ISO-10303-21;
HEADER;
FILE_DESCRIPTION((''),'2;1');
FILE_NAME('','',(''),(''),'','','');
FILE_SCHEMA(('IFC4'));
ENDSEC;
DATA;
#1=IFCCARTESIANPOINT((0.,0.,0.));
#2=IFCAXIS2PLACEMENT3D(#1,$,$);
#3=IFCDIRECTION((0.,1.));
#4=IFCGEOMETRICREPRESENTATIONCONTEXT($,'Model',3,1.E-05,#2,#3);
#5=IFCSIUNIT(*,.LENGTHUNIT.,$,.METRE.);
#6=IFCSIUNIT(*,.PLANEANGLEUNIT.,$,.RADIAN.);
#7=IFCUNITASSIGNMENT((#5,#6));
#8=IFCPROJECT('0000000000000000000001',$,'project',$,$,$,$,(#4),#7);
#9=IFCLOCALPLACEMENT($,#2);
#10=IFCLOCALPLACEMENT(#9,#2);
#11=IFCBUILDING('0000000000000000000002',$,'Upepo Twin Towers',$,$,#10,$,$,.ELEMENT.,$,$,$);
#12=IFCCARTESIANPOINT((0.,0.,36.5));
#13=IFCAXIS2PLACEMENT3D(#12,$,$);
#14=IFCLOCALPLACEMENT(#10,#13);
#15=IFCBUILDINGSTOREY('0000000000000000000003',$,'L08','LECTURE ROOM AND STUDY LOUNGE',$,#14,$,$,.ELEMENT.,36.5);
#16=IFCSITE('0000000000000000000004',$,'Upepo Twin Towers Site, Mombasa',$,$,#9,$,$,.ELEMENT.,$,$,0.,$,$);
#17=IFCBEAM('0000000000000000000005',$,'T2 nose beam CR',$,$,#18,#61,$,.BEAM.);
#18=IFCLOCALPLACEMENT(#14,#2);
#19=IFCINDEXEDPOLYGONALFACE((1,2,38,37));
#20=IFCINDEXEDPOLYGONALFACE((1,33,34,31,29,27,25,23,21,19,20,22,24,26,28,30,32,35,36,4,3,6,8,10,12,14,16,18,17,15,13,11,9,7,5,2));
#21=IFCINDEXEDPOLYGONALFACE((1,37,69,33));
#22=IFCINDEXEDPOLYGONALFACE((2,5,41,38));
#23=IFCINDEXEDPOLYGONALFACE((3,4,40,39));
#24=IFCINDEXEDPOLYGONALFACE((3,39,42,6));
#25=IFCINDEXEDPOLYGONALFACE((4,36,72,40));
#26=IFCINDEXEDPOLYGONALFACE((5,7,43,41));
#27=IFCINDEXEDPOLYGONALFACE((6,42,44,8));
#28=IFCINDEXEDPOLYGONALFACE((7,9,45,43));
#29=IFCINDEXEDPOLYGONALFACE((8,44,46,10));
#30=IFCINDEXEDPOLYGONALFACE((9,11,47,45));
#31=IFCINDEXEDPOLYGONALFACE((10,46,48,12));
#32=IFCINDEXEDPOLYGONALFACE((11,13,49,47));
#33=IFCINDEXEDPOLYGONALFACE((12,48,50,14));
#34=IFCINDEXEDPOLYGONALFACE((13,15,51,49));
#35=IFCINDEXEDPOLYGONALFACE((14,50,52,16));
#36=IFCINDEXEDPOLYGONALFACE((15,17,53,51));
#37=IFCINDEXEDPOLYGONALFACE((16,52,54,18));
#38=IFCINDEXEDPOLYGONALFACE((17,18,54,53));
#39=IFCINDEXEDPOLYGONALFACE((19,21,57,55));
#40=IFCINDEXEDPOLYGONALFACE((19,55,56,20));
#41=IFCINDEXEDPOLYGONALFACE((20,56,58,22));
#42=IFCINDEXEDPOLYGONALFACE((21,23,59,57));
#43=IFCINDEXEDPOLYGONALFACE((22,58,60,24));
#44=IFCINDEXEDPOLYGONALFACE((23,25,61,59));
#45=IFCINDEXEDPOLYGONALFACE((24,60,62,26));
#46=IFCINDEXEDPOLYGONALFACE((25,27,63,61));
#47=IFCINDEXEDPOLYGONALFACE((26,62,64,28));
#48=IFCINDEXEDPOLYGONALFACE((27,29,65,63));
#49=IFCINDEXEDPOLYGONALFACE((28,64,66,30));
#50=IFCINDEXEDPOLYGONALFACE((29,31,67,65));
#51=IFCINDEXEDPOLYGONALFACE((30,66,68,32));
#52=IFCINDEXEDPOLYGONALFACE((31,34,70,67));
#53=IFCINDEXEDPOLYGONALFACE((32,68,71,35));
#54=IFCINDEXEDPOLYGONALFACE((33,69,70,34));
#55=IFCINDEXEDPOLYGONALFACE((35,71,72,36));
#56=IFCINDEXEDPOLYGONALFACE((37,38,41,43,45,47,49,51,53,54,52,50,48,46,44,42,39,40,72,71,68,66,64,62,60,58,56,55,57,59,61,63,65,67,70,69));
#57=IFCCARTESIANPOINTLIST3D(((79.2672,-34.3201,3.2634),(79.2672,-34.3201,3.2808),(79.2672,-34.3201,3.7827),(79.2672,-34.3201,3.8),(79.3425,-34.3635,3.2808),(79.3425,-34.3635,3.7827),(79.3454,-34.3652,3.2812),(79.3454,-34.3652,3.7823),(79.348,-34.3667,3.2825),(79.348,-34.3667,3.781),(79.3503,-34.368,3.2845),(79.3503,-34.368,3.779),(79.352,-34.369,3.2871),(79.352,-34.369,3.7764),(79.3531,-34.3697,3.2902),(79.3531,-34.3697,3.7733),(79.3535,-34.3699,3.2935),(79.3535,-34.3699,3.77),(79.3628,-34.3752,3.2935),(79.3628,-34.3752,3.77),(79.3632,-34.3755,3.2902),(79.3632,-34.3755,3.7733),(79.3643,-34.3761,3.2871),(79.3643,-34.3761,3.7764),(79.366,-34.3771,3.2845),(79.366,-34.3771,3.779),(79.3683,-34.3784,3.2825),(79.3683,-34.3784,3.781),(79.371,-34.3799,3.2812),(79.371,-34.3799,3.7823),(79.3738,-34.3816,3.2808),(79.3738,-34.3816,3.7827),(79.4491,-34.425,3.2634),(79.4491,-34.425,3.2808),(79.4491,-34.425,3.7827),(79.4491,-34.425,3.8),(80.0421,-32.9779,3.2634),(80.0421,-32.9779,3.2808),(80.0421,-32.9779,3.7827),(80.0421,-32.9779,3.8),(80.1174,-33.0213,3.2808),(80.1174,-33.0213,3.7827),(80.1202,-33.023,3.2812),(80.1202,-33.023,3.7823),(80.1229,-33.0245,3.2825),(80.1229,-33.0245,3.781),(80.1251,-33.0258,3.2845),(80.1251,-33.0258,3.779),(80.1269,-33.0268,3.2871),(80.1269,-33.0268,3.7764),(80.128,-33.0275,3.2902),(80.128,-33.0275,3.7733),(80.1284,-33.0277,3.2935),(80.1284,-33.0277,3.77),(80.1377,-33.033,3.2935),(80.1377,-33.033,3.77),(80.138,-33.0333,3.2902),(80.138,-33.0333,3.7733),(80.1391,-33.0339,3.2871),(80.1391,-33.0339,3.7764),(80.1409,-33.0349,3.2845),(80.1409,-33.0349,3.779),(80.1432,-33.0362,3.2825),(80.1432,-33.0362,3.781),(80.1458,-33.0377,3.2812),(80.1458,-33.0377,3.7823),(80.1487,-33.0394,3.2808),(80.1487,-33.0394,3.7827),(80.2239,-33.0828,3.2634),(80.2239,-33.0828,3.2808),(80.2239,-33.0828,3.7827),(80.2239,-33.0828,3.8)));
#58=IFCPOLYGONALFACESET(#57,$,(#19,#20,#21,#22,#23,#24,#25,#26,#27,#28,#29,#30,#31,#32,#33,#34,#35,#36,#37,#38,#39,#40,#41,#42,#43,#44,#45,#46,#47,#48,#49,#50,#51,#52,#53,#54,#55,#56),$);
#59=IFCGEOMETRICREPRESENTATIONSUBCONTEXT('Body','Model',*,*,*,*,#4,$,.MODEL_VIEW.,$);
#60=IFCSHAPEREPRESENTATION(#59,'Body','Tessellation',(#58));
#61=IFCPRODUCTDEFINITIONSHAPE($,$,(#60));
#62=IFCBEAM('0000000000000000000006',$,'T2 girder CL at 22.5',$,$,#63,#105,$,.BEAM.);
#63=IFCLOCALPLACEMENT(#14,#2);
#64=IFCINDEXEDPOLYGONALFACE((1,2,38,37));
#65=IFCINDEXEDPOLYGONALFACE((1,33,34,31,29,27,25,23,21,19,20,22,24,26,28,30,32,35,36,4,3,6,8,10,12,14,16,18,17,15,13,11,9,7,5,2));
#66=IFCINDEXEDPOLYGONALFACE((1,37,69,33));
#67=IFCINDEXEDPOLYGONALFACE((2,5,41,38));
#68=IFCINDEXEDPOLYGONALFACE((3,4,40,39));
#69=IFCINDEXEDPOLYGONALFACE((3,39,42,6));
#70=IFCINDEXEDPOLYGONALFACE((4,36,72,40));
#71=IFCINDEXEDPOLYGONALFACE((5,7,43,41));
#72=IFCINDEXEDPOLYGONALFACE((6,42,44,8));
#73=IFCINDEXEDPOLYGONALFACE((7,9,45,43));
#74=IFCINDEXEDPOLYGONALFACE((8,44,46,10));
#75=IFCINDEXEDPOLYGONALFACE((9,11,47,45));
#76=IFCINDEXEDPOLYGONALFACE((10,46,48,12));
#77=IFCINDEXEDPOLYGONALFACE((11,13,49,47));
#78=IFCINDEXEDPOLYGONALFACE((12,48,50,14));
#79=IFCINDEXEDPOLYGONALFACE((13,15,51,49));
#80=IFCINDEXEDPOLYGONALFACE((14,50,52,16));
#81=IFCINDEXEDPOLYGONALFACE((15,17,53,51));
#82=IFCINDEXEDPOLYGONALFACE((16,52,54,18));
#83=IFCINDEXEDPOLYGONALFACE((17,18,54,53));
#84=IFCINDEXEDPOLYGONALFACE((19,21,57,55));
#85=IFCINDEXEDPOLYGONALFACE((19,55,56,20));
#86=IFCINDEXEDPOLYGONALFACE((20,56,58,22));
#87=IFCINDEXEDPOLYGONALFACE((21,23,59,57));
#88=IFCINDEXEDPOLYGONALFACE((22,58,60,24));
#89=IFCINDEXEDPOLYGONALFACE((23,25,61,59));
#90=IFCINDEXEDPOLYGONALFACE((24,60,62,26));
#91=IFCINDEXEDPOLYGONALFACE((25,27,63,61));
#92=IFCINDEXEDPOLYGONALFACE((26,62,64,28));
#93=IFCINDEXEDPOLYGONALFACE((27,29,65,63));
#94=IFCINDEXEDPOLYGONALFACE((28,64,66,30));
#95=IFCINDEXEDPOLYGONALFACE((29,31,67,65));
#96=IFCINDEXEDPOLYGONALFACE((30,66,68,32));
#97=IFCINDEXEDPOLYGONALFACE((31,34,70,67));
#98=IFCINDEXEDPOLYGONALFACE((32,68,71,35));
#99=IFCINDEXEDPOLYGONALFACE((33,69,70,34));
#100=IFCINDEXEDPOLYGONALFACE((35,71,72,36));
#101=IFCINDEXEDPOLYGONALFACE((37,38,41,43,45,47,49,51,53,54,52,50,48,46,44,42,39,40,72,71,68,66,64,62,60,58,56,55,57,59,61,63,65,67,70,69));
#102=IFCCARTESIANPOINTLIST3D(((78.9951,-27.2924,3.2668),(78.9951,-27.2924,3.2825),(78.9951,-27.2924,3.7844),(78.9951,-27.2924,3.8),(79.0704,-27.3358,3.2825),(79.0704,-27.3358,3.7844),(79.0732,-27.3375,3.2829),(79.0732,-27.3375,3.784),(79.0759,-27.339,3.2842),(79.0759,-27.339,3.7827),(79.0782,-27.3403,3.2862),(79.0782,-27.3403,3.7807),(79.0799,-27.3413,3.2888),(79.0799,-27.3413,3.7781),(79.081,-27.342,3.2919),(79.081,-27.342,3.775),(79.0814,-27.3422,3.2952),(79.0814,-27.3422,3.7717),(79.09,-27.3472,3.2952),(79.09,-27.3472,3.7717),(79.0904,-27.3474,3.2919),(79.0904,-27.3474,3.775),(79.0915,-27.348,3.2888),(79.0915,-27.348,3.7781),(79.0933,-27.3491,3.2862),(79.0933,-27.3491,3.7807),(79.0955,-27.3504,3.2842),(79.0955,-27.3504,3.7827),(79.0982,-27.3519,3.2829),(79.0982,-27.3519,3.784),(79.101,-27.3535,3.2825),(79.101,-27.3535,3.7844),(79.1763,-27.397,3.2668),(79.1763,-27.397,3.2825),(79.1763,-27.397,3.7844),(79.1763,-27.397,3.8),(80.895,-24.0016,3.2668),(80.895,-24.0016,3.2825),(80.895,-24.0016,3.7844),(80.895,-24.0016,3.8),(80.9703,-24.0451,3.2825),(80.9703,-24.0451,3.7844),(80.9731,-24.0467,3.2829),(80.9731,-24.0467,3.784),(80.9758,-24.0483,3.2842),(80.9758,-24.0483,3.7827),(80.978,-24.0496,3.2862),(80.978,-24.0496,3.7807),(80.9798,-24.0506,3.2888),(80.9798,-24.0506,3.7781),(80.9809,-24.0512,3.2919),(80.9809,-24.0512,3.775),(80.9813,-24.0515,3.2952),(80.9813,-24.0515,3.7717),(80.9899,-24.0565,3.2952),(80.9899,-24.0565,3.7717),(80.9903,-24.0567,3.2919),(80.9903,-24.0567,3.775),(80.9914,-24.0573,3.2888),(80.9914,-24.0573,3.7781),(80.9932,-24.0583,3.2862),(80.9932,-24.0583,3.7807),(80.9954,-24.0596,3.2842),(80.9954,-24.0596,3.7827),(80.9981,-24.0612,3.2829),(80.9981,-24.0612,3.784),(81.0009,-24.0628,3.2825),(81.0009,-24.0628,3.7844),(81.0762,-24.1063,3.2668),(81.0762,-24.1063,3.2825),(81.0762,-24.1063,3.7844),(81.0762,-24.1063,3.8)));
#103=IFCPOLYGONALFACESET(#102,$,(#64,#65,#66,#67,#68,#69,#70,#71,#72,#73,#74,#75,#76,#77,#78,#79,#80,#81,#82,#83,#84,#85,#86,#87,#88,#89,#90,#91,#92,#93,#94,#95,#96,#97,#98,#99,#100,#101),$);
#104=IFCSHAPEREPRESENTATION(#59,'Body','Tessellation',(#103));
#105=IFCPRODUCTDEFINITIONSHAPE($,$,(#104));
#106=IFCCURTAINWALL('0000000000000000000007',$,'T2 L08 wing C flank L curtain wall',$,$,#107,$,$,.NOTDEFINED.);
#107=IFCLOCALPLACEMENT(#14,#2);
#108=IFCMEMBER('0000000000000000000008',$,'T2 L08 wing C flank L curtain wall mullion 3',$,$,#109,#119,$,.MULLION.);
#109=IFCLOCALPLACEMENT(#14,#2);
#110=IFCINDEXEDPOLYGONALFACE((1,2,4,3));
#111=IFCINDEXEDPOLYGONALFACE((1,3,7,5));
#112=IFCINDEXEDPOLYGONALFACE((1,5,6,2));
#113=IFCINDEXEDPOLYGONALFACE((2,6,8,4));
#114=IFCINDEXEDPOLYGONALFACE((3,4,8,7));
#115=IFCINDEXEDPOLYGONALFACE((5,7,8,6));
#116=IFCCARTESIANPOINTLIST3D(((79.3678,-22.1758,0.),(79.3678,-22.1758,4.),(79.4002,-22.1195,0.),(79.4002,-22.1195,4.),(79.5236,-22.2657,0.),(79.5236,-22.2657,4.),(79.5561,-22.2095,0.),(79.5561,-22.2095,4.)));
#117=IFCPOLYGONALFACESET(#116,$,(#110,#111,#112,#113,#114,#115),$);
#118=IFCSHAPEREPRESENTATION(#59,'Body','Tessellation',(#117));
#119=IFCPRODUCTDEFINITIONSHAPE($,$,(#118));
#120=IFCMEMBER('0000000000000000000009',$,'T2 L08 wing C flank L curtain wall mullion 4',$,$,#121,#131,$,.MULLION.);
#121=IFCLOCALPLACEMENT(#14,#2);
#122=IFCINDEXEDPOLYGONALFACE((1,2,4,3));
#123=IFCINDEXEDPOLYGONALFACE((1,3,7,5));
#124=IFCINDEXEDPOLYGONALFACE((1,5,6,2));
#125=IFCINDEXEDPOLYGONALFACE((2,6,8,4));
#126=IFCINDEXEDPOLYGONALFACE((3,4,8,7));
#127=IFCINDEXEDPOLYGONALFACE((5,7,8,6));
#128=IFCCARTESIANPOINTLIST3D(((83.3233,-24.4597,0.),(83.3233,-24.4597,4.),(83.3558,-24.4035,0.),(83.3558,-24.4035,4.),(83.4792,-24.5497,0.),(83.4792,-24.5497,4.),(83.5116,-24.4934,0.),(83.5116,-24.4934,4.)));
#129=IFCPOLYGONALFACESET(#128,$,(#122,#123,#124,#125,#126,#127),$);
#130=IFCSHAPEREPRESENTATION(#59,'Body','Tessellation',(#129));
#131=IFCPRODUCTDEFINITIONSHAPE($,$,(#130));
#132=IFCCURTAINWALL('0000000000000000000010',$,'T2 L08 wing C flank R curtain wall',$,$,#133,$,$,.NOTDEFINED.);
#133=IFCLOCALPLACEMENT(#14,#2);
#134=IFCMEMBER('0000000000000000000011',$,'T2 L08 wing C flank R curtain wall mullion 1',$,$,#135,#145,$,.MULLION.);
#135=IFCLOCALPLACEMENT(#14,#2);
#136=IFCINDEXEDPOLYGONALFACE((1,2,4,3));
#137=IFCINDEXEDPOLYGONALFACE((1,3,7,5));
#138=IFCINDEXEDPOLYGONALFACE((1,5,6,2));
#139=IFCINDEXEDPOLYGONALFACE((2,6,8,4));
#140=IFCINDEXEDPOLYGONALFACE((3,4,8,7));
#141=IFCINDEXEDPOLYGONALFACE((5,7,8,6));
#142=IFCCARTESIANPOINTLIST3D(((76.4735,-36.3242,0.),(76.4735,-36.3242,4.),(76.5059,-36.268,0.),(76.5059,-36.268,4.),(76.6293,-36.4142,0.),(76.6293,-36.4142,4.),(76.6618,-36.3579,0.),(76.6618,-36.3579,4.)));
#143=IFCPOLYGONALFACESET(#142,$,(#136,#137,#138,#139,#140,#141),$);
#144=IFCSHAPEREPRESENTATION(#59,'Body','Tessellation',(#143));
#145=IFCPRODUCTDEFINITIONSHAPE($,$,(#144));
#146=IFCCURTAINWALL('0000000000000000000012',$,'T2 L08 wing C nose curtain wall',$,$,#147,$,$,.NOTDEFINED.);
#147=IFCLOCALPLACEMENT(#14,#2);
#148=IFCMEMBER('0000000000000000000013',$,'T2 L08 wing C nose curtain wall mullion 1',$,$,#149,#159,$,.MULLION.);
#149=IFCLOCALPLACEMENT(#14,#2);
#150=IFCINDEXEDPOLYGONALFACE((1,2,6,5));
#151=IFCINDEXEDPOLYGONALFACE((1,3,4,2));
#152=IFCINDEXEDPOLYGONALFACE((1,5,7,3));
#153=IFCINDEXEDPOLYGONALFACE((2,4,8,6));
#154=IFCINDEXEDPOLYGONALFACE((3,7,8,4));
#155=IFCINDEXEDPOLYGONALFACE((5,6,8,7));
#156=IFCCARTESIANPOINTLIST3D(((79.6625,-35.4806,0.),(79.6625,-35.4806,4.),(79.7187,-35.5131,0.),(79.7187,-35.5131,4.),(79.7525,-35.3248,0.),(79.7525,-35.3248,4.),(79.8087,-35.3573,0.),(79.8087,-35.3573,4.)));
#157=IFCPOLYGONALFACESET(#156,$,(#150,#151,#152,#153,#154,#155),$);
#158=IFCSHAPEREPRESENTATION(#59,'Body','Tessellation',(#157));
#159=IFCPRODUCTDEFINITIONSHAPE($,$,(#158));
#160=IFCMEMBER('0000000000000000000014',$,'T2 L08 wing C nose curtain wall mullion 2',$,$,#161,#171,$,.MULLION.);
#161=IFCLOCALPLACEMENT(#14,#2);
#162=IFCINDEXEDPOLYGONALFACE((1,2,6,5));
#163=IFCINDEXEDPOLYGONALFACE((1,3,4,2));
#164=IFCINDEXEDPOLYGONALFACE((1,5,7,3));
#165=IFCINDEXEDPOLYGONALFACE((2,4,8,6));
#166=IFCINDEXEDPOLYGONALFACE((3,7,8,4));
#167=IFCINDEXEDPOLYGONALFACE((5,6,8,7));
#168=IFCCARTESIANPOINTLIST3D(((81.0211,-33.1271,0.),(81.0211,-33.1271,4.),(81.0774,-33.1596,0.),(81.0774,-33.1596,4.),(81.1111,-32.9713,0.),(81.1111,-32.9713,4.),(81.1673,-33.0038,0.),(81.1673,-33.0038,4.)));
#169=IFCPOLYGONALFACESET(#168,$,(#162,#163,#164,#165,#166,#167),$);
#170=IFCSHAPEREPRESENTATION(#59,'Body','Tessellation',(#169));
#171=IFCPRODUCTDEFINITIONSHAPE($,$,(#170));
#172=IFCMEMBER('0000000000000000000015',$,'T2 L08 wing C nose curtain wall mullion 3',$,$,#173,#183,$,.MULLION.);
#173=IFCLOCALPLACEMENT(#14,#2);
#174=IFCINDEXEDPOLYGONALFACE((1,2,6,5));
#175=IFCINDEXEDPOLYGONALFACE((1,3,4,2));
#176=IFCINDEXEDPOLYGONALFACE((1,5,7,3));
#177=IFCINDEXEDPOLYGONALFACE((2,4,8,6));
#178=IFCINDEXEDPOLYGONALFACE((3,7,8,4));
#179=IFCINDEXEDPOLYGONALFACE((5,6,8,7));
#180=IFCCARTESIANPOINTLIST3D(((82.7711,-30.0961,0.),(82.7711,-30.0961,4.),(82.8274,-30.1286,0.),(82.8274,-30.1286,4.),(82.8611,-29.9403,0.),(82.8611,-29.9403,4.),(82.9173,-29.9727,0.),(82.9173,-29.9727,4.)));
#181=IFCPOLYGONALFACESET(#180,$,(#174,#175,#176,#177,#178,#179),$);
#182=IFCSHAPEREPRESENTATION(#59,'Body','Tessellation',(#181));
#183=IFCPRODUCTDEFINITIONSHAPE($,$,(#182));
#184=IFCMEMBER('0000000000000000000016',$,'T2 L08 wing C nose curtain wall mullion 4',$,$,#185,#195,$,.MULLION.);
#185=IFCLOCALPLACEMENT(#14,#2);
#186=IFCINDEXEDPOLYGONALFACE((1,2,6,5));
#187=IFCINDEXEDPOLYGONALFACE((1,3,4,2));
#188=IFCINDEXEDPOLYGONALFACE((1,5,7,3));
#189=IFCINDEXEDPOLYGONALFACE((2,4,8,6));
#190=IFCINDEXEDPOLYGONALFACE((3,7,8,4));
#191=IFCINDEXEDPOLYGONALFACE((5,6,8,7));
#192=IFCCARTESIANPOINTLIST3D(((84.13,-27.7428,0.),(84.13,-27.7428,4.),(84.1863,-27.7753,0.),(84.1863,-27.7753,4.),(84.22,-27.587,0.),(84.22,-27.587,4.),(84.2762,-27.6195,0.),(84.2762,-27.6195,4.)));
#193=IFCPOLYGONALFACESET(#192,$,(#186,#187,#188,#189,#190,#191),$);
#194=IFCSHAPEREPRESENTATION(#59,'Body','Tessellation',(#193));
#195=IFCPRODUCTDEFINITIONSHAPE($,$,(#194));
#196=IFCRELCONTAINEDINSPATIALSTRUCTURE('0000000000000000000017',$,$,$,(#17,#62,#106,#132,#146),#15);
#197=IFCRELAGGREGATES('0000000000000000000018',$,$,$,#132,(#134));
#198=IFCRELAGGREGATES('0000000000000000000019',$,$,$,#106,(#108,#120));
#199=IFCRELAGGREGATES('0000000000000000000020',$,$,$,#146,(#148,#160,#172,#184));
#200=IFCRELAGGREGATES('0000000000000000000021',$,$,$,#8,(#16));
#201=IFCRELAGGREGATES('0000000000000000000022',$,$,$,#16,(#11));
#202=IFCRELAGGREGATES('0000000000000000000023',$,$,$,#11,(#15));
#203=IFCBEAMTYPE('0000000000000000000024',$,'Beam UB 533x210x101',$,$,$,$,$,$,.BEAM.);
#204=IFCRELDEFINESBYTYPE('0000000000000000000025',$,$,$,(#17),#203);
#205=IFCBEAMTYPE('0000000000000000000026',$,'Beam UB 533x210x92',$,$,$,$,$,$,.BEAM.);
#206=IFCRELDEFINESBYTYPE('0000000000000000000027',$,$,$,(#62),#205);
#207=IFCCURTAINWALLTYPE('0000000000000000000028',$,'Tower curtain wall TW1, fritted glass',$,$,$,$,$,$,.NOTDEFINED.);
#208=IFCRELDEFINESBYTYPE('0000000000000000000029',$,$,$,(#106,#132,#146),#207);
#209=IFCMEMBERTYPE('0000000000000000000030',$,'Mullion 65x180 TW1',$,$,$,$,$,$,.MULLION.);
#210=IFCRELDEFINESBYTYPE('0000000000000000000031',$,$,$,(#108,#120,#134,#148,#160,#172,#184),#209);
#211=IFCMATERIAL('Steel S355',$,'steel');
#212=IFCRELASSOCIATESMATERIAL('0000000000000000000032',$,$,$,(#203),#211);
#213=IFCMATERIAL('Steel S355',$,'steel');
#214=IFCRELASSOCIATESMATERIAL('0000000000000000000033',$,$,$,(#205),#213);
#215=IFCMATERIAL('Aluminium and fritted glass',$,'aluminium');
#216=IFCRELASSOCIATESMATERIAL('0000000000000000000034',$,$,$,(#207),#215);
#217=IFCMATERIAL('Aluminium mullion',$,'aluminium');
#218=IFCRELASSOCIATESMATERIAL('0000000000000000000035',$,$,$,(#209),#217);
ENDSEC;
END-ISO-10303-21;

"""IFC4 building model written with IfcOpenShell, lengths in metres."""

from ifc_helpers import new_model, si_unit, direction, frame, origin, origin_2d, place, context, subcontext, project, spatial, rectangle, i_section, extrude, material, material_profile, profile_set, type_object, element, aggregate, save


model = new_model("IFC4")

# Units and contexts
model_context = context("Model", 3, precision=1e-05, world=origin(), true_north=direction((0.0, 1.0)))
body_context = subcontext(model_context, "Body", "Model", "MODEL_VIEW")
ifc_project = project(units=[si_unit("LENGTHUNIT", "METRE"), si_unit("PLANEANGLEUNIT", "RADIAN")], contexts=[model_context])

# Site, building, storey
site_placement = place(None, origin())
site = spatial("IfcSite", under=ifc_project, at=site_placement, Name="Upepo Twin Towers Site, Mombasa", CompositionType="ELEMENT", RefElevation=0.0)
building_placement = place(site_placement, origin())
building = spatial("IfcBuilding", under=site, at=building_placement, Name="Upepo Twin Towers", CompositionType="ELEMENT")
storey_placement = place(building_placement, frame((0.0, 0.0, 36.5)))
storey = spatial("IfcBuildingStorey", under=building, at=storey_placement, Name="L08", Description="LECTURE ROOM AND STUDY LOUNGE", CompositionType="ELEMENT", Elevation=36.5)

# Beams
ifc_material_1 = material(Name="Steel S355", Category="steel")
ifc_material_profile_1 = material_profile(ifc_material_1, i_section(OverallWidth=0.21, OverallDepth=0.5366, WebThickness=0.0107, FlangeThickness=0.0173, FilletRadius=0.0127, at=origin_2d()), Name="UB 533x210x101")
ifc_profile_set_1 = profile_set([ifc_material_profile_1], Name="Steel S355")
beam_type_1 = type_object("IfcBeamType", Name="Beam UB 533x210x101", PredefinedType="BEAM", material=ifc_profile_set_1)
for number, where, z_axis, x_axis, name in (
    (1, (79.3582, -34.3726, 3.5317), (0.499968, 0.866044, 0.0), (-0.866044, 0.499968, 0.0), "T2 nose beam CR"),
):
    element("IfcBeam", number, at=place(storey_placement, frame(where, z_axis=z_axis, x_axis=x_axis)), inside=storey, type_object=beam_type_1, Name=name, PredefinedType="BEAM", context=body_context, shape_type="SweptSolid", body=[
        extrude(i_section(OverallWidth=0.21, OverallDepth=0.5366, WebThickness=0.0107, FlangeThickness=0.0173, FilletRadius=0.0127, at=origin_2d()), origin(), (0.0, 0.0, 1.0), 1.5498),
    ])
ifc_material_2 = material(Name="Steel S355", Category="steel")
ifc_material_profile_2 = material_profile(ifc_material_2, i_section(OverallWidth=0.2092, OverallDepth=0.5332, WebThickness=0.01, FlangeThickness=0.0156, FilletRadius=0.0127, at=origin_2d()), Name="UB 533x210x92")
ifc_profile_set_2 = profile_set([ifc_material_profile_2], Name="Steel S355")
beam_type_2 = type_object("IfcBeamType", Name="Beam UB 533x210x92", PredefinedType="BEAM", material=ifc_profile_set_2)
beam_1_placement = place(storey_placement, frame((80.9856, -24.054, 3.5334), z_axis=(-0.499995, -0.866028, 0.0), x_axis=(0.866028, -0.499995, 0.0)))
element("IfcBeam", 2, at=beam_1_placement, inside=storey, type_object=beam_type_2, Name="T2 girder CL at 22.5", PredefinedType="BEAM", context=body_context, shape_type="SweptSolid", body=[
    extrude(i_section(OverallWidth=0.2092, OverallDepth=0.5332, WebThickness=0.01, FlangeThickness=0.0156, FilletRadius=0.0127, at=origin_2d()), origin(), (0.0, 0.0, 1.0), 3.7998),
])

# Curtain wall, members
ifc_material_3 = material(Name="Aluminium and fritted glass", Category="aluminium")
curtain_wall_type = type_object("IfcCurtainWallType", Name="Tower curtain wall TW1, fritted glass", PredefinedType="NOTDEFINED", material=ifc_material_3)
curtain_wall_1_placement = place(storey_placement, origin())
curtain_wall_1 = element("IfcCurtainWall", 3, at=curtain_wall_1_placement, inside=storey, type_object=curtain_wall_type, Name="T2 L08 wing C flank L curtain wall", PredefinedType="NOTDEFINED")
ifc_material_4 = material(Name="Aluminium mullion", Category="aluminium")
ifc_material_profile_3 = material_profile(ifc_material_4, rectangle(XDim=0.0649, YDim=0.1799, at=origin_2d()), Name="MULLION 65x180")
ifc_profile_set_3 = profile_set([ifc_material_profile_3], Name="Aluminium mullion")
member_type_1 = type_object("IfcMemberType", Name="Mullion 65x180 TW1", PredefinedType="MULLION", material=ifc_profile_set_3)
member_1_placement = place(storey_placement, frame((79.4619, -22.1926, 0.0), z_axis=(0.0, 0.0, 1.0), x_axis=(0.5, 0.866025, 0.0)))
member_1 = element("IfcMember", 4, at=member_1_placement, type_object=member_type_1, Name="T2 L08 wing C flank L curtain wall mullion 3", PredefinedType="MULLION", context=body_context, shape_type="SweptSolid", body=[
    extrude(rectangle(XDim=0.0649, YDim=0.1799, at=origin_2d()), origin(), (0.0, 0.0, 1.0), 4.0),
])
member_2_placement = place(storey_placement, frame((83.4175, -24.4766, 0.0), z_axis=(0.0, 0.0, 1.0), x_axis=(0.5, 0.866025, 0.0)))
member_2 = element("IfcMember", 5, at=member_2_placement, type_object=member_type_1, Name="T2 L08 wing C flank L curtain wall mullion 4", PredefinedType="MULLION", context=body_context, shape_type="SweptSolid", body=[
    extrude(rectangle(XDim=0.0649, YDim=0.1799, at=origin_2d()), origin(), (0.0, 0.0, 1.0), 4.0),
])

# Curtain wall, member
curtain_wall_2_placement = place(storey_placement, origin())
curtain_wall_2 = element("IfcCurtainWall", 6, at=curtain_wall_2_placement, inside=storey, type_object=curtain_wall_type, Name="T2 L08 wing C flank R curtain wall", PredefinedType="NOTDEFINED")
member_3_placement = place(storey_placement, frame((76.5676, -36.3411, 0.0), z_axis=(0.0, 0.0, 1.0), x_axis=(-0.5, -0.866025, 0.0)))
member_3 = element("IfcMember", 7, at=member_3_placement, type_object=member_type_1, Name="T2 L08 wing C flank R curtain wall mullion 1", PredefinedType="MULLION", context=body_context, shape_type="SweptSolid", body=[
    extrude(rectangle(XDim=0.0649, YDim=0.1799, at=origin_2d()), origin(), (0.0, 0.0, 1.0), 4.0),
])

# Curtain wall, members
curtain_wall_3_placement = place(storey_placement, origin())
curtain_wall_3 = element("IfcCurtainWall", 8, at=curtain_wall_3_placement, inside=storey, type_object=curtain_wall_type, Name="T2 L08 wing C nose curtain wall", PredefinedType="NOTDEFINED")
member_4_placement = place(storey_placement, frame((79.7356, -35.4189, 0.0), z_axis=(0.0, 0.0, 1.0), x_axis=(-0.866025, 0.5, 0.0)))
member_4 = element("IfcMember", 9, at=member_4_placement, type_object=member_type_1, Name="T2 L08 wing C nose curtain wall mullion 1", PredefinedType="MULLION", context=body_context, shape_type="SweptSolid", body=[
    extrude(rectangle(XDim=0.0649, YDim=0.1799, at=origin_2d()), origin(), (0.0, 0.0, 1.0), 4.0),
])
member_5_placement = place(storey_placement, frame((81.0942, -33.0654, 0.0), z_axis=(0.0, 0.0, 1.0), x_axis=(-0.866025, 0.5, 0.0)))
member_5 = element("IfcMember", 10, at=member_5_placement, type_object=member_type_1, Name="T2 L08 wing C nose curtain wall mullion 2", PredefinedType="MULLION", context=body_context, shape_type="SweptSolid", body=[
    extrude(rectangle(XDim=0.0649, YDim=0.1799, at=origin_2d()), origin(), (0.0, 0.0, 1.0), 4.0),
])
member_6_placement = place(storey_placement, frame((82.8442, -30.0344, 0.0), z_axis=(0.0, 0.0, 1.0), x_axis=(-0.866025, 0.5, 0.0)))
member_6 = element("IfcMember", 11, at=member_6_placement, type_object=member_type_1, Name="T2 L08 wing C nose curtain wall mullion 3", PredefinedType="MULLION", context=body_context, shape_type="SweptSolid", body=[
    extrude(rectangle(XDim=0.0649, YDim=0.1799, at=origin_2d()), origin(), (0.0, 0.0, 1.0), 4.0),
])
member_7_placement = place(storey_placement, frame((84.2031, -27.6812, 0.0), z_axis=(0.0, 0.0, 1.0), x_axis=(-0.866025, 0.5, 0.0)))
member_7 = element("IfcMember", 12, at=member_7_placement, type_object=member_type_1, Name="T2 L08 wing C nose curtain wall mullion 4", PredefinedType="MULLION", context=body_context, shape_type="SweptSolid", body=[
    extrude(rectangle(XDim=0.0649, YDim=0.1799, at=origin_2d()), origin(), (0.0, 0.0, 1.0), 4.0),
])

aggregate(curtain_wall_2, [member_3])

aggregate(curtain_wall_1, [member_1, member_2])
aggregate(curtain_wall_3, [member_4, member_5, member_6, member_7])

save(model, "model.ifc")
